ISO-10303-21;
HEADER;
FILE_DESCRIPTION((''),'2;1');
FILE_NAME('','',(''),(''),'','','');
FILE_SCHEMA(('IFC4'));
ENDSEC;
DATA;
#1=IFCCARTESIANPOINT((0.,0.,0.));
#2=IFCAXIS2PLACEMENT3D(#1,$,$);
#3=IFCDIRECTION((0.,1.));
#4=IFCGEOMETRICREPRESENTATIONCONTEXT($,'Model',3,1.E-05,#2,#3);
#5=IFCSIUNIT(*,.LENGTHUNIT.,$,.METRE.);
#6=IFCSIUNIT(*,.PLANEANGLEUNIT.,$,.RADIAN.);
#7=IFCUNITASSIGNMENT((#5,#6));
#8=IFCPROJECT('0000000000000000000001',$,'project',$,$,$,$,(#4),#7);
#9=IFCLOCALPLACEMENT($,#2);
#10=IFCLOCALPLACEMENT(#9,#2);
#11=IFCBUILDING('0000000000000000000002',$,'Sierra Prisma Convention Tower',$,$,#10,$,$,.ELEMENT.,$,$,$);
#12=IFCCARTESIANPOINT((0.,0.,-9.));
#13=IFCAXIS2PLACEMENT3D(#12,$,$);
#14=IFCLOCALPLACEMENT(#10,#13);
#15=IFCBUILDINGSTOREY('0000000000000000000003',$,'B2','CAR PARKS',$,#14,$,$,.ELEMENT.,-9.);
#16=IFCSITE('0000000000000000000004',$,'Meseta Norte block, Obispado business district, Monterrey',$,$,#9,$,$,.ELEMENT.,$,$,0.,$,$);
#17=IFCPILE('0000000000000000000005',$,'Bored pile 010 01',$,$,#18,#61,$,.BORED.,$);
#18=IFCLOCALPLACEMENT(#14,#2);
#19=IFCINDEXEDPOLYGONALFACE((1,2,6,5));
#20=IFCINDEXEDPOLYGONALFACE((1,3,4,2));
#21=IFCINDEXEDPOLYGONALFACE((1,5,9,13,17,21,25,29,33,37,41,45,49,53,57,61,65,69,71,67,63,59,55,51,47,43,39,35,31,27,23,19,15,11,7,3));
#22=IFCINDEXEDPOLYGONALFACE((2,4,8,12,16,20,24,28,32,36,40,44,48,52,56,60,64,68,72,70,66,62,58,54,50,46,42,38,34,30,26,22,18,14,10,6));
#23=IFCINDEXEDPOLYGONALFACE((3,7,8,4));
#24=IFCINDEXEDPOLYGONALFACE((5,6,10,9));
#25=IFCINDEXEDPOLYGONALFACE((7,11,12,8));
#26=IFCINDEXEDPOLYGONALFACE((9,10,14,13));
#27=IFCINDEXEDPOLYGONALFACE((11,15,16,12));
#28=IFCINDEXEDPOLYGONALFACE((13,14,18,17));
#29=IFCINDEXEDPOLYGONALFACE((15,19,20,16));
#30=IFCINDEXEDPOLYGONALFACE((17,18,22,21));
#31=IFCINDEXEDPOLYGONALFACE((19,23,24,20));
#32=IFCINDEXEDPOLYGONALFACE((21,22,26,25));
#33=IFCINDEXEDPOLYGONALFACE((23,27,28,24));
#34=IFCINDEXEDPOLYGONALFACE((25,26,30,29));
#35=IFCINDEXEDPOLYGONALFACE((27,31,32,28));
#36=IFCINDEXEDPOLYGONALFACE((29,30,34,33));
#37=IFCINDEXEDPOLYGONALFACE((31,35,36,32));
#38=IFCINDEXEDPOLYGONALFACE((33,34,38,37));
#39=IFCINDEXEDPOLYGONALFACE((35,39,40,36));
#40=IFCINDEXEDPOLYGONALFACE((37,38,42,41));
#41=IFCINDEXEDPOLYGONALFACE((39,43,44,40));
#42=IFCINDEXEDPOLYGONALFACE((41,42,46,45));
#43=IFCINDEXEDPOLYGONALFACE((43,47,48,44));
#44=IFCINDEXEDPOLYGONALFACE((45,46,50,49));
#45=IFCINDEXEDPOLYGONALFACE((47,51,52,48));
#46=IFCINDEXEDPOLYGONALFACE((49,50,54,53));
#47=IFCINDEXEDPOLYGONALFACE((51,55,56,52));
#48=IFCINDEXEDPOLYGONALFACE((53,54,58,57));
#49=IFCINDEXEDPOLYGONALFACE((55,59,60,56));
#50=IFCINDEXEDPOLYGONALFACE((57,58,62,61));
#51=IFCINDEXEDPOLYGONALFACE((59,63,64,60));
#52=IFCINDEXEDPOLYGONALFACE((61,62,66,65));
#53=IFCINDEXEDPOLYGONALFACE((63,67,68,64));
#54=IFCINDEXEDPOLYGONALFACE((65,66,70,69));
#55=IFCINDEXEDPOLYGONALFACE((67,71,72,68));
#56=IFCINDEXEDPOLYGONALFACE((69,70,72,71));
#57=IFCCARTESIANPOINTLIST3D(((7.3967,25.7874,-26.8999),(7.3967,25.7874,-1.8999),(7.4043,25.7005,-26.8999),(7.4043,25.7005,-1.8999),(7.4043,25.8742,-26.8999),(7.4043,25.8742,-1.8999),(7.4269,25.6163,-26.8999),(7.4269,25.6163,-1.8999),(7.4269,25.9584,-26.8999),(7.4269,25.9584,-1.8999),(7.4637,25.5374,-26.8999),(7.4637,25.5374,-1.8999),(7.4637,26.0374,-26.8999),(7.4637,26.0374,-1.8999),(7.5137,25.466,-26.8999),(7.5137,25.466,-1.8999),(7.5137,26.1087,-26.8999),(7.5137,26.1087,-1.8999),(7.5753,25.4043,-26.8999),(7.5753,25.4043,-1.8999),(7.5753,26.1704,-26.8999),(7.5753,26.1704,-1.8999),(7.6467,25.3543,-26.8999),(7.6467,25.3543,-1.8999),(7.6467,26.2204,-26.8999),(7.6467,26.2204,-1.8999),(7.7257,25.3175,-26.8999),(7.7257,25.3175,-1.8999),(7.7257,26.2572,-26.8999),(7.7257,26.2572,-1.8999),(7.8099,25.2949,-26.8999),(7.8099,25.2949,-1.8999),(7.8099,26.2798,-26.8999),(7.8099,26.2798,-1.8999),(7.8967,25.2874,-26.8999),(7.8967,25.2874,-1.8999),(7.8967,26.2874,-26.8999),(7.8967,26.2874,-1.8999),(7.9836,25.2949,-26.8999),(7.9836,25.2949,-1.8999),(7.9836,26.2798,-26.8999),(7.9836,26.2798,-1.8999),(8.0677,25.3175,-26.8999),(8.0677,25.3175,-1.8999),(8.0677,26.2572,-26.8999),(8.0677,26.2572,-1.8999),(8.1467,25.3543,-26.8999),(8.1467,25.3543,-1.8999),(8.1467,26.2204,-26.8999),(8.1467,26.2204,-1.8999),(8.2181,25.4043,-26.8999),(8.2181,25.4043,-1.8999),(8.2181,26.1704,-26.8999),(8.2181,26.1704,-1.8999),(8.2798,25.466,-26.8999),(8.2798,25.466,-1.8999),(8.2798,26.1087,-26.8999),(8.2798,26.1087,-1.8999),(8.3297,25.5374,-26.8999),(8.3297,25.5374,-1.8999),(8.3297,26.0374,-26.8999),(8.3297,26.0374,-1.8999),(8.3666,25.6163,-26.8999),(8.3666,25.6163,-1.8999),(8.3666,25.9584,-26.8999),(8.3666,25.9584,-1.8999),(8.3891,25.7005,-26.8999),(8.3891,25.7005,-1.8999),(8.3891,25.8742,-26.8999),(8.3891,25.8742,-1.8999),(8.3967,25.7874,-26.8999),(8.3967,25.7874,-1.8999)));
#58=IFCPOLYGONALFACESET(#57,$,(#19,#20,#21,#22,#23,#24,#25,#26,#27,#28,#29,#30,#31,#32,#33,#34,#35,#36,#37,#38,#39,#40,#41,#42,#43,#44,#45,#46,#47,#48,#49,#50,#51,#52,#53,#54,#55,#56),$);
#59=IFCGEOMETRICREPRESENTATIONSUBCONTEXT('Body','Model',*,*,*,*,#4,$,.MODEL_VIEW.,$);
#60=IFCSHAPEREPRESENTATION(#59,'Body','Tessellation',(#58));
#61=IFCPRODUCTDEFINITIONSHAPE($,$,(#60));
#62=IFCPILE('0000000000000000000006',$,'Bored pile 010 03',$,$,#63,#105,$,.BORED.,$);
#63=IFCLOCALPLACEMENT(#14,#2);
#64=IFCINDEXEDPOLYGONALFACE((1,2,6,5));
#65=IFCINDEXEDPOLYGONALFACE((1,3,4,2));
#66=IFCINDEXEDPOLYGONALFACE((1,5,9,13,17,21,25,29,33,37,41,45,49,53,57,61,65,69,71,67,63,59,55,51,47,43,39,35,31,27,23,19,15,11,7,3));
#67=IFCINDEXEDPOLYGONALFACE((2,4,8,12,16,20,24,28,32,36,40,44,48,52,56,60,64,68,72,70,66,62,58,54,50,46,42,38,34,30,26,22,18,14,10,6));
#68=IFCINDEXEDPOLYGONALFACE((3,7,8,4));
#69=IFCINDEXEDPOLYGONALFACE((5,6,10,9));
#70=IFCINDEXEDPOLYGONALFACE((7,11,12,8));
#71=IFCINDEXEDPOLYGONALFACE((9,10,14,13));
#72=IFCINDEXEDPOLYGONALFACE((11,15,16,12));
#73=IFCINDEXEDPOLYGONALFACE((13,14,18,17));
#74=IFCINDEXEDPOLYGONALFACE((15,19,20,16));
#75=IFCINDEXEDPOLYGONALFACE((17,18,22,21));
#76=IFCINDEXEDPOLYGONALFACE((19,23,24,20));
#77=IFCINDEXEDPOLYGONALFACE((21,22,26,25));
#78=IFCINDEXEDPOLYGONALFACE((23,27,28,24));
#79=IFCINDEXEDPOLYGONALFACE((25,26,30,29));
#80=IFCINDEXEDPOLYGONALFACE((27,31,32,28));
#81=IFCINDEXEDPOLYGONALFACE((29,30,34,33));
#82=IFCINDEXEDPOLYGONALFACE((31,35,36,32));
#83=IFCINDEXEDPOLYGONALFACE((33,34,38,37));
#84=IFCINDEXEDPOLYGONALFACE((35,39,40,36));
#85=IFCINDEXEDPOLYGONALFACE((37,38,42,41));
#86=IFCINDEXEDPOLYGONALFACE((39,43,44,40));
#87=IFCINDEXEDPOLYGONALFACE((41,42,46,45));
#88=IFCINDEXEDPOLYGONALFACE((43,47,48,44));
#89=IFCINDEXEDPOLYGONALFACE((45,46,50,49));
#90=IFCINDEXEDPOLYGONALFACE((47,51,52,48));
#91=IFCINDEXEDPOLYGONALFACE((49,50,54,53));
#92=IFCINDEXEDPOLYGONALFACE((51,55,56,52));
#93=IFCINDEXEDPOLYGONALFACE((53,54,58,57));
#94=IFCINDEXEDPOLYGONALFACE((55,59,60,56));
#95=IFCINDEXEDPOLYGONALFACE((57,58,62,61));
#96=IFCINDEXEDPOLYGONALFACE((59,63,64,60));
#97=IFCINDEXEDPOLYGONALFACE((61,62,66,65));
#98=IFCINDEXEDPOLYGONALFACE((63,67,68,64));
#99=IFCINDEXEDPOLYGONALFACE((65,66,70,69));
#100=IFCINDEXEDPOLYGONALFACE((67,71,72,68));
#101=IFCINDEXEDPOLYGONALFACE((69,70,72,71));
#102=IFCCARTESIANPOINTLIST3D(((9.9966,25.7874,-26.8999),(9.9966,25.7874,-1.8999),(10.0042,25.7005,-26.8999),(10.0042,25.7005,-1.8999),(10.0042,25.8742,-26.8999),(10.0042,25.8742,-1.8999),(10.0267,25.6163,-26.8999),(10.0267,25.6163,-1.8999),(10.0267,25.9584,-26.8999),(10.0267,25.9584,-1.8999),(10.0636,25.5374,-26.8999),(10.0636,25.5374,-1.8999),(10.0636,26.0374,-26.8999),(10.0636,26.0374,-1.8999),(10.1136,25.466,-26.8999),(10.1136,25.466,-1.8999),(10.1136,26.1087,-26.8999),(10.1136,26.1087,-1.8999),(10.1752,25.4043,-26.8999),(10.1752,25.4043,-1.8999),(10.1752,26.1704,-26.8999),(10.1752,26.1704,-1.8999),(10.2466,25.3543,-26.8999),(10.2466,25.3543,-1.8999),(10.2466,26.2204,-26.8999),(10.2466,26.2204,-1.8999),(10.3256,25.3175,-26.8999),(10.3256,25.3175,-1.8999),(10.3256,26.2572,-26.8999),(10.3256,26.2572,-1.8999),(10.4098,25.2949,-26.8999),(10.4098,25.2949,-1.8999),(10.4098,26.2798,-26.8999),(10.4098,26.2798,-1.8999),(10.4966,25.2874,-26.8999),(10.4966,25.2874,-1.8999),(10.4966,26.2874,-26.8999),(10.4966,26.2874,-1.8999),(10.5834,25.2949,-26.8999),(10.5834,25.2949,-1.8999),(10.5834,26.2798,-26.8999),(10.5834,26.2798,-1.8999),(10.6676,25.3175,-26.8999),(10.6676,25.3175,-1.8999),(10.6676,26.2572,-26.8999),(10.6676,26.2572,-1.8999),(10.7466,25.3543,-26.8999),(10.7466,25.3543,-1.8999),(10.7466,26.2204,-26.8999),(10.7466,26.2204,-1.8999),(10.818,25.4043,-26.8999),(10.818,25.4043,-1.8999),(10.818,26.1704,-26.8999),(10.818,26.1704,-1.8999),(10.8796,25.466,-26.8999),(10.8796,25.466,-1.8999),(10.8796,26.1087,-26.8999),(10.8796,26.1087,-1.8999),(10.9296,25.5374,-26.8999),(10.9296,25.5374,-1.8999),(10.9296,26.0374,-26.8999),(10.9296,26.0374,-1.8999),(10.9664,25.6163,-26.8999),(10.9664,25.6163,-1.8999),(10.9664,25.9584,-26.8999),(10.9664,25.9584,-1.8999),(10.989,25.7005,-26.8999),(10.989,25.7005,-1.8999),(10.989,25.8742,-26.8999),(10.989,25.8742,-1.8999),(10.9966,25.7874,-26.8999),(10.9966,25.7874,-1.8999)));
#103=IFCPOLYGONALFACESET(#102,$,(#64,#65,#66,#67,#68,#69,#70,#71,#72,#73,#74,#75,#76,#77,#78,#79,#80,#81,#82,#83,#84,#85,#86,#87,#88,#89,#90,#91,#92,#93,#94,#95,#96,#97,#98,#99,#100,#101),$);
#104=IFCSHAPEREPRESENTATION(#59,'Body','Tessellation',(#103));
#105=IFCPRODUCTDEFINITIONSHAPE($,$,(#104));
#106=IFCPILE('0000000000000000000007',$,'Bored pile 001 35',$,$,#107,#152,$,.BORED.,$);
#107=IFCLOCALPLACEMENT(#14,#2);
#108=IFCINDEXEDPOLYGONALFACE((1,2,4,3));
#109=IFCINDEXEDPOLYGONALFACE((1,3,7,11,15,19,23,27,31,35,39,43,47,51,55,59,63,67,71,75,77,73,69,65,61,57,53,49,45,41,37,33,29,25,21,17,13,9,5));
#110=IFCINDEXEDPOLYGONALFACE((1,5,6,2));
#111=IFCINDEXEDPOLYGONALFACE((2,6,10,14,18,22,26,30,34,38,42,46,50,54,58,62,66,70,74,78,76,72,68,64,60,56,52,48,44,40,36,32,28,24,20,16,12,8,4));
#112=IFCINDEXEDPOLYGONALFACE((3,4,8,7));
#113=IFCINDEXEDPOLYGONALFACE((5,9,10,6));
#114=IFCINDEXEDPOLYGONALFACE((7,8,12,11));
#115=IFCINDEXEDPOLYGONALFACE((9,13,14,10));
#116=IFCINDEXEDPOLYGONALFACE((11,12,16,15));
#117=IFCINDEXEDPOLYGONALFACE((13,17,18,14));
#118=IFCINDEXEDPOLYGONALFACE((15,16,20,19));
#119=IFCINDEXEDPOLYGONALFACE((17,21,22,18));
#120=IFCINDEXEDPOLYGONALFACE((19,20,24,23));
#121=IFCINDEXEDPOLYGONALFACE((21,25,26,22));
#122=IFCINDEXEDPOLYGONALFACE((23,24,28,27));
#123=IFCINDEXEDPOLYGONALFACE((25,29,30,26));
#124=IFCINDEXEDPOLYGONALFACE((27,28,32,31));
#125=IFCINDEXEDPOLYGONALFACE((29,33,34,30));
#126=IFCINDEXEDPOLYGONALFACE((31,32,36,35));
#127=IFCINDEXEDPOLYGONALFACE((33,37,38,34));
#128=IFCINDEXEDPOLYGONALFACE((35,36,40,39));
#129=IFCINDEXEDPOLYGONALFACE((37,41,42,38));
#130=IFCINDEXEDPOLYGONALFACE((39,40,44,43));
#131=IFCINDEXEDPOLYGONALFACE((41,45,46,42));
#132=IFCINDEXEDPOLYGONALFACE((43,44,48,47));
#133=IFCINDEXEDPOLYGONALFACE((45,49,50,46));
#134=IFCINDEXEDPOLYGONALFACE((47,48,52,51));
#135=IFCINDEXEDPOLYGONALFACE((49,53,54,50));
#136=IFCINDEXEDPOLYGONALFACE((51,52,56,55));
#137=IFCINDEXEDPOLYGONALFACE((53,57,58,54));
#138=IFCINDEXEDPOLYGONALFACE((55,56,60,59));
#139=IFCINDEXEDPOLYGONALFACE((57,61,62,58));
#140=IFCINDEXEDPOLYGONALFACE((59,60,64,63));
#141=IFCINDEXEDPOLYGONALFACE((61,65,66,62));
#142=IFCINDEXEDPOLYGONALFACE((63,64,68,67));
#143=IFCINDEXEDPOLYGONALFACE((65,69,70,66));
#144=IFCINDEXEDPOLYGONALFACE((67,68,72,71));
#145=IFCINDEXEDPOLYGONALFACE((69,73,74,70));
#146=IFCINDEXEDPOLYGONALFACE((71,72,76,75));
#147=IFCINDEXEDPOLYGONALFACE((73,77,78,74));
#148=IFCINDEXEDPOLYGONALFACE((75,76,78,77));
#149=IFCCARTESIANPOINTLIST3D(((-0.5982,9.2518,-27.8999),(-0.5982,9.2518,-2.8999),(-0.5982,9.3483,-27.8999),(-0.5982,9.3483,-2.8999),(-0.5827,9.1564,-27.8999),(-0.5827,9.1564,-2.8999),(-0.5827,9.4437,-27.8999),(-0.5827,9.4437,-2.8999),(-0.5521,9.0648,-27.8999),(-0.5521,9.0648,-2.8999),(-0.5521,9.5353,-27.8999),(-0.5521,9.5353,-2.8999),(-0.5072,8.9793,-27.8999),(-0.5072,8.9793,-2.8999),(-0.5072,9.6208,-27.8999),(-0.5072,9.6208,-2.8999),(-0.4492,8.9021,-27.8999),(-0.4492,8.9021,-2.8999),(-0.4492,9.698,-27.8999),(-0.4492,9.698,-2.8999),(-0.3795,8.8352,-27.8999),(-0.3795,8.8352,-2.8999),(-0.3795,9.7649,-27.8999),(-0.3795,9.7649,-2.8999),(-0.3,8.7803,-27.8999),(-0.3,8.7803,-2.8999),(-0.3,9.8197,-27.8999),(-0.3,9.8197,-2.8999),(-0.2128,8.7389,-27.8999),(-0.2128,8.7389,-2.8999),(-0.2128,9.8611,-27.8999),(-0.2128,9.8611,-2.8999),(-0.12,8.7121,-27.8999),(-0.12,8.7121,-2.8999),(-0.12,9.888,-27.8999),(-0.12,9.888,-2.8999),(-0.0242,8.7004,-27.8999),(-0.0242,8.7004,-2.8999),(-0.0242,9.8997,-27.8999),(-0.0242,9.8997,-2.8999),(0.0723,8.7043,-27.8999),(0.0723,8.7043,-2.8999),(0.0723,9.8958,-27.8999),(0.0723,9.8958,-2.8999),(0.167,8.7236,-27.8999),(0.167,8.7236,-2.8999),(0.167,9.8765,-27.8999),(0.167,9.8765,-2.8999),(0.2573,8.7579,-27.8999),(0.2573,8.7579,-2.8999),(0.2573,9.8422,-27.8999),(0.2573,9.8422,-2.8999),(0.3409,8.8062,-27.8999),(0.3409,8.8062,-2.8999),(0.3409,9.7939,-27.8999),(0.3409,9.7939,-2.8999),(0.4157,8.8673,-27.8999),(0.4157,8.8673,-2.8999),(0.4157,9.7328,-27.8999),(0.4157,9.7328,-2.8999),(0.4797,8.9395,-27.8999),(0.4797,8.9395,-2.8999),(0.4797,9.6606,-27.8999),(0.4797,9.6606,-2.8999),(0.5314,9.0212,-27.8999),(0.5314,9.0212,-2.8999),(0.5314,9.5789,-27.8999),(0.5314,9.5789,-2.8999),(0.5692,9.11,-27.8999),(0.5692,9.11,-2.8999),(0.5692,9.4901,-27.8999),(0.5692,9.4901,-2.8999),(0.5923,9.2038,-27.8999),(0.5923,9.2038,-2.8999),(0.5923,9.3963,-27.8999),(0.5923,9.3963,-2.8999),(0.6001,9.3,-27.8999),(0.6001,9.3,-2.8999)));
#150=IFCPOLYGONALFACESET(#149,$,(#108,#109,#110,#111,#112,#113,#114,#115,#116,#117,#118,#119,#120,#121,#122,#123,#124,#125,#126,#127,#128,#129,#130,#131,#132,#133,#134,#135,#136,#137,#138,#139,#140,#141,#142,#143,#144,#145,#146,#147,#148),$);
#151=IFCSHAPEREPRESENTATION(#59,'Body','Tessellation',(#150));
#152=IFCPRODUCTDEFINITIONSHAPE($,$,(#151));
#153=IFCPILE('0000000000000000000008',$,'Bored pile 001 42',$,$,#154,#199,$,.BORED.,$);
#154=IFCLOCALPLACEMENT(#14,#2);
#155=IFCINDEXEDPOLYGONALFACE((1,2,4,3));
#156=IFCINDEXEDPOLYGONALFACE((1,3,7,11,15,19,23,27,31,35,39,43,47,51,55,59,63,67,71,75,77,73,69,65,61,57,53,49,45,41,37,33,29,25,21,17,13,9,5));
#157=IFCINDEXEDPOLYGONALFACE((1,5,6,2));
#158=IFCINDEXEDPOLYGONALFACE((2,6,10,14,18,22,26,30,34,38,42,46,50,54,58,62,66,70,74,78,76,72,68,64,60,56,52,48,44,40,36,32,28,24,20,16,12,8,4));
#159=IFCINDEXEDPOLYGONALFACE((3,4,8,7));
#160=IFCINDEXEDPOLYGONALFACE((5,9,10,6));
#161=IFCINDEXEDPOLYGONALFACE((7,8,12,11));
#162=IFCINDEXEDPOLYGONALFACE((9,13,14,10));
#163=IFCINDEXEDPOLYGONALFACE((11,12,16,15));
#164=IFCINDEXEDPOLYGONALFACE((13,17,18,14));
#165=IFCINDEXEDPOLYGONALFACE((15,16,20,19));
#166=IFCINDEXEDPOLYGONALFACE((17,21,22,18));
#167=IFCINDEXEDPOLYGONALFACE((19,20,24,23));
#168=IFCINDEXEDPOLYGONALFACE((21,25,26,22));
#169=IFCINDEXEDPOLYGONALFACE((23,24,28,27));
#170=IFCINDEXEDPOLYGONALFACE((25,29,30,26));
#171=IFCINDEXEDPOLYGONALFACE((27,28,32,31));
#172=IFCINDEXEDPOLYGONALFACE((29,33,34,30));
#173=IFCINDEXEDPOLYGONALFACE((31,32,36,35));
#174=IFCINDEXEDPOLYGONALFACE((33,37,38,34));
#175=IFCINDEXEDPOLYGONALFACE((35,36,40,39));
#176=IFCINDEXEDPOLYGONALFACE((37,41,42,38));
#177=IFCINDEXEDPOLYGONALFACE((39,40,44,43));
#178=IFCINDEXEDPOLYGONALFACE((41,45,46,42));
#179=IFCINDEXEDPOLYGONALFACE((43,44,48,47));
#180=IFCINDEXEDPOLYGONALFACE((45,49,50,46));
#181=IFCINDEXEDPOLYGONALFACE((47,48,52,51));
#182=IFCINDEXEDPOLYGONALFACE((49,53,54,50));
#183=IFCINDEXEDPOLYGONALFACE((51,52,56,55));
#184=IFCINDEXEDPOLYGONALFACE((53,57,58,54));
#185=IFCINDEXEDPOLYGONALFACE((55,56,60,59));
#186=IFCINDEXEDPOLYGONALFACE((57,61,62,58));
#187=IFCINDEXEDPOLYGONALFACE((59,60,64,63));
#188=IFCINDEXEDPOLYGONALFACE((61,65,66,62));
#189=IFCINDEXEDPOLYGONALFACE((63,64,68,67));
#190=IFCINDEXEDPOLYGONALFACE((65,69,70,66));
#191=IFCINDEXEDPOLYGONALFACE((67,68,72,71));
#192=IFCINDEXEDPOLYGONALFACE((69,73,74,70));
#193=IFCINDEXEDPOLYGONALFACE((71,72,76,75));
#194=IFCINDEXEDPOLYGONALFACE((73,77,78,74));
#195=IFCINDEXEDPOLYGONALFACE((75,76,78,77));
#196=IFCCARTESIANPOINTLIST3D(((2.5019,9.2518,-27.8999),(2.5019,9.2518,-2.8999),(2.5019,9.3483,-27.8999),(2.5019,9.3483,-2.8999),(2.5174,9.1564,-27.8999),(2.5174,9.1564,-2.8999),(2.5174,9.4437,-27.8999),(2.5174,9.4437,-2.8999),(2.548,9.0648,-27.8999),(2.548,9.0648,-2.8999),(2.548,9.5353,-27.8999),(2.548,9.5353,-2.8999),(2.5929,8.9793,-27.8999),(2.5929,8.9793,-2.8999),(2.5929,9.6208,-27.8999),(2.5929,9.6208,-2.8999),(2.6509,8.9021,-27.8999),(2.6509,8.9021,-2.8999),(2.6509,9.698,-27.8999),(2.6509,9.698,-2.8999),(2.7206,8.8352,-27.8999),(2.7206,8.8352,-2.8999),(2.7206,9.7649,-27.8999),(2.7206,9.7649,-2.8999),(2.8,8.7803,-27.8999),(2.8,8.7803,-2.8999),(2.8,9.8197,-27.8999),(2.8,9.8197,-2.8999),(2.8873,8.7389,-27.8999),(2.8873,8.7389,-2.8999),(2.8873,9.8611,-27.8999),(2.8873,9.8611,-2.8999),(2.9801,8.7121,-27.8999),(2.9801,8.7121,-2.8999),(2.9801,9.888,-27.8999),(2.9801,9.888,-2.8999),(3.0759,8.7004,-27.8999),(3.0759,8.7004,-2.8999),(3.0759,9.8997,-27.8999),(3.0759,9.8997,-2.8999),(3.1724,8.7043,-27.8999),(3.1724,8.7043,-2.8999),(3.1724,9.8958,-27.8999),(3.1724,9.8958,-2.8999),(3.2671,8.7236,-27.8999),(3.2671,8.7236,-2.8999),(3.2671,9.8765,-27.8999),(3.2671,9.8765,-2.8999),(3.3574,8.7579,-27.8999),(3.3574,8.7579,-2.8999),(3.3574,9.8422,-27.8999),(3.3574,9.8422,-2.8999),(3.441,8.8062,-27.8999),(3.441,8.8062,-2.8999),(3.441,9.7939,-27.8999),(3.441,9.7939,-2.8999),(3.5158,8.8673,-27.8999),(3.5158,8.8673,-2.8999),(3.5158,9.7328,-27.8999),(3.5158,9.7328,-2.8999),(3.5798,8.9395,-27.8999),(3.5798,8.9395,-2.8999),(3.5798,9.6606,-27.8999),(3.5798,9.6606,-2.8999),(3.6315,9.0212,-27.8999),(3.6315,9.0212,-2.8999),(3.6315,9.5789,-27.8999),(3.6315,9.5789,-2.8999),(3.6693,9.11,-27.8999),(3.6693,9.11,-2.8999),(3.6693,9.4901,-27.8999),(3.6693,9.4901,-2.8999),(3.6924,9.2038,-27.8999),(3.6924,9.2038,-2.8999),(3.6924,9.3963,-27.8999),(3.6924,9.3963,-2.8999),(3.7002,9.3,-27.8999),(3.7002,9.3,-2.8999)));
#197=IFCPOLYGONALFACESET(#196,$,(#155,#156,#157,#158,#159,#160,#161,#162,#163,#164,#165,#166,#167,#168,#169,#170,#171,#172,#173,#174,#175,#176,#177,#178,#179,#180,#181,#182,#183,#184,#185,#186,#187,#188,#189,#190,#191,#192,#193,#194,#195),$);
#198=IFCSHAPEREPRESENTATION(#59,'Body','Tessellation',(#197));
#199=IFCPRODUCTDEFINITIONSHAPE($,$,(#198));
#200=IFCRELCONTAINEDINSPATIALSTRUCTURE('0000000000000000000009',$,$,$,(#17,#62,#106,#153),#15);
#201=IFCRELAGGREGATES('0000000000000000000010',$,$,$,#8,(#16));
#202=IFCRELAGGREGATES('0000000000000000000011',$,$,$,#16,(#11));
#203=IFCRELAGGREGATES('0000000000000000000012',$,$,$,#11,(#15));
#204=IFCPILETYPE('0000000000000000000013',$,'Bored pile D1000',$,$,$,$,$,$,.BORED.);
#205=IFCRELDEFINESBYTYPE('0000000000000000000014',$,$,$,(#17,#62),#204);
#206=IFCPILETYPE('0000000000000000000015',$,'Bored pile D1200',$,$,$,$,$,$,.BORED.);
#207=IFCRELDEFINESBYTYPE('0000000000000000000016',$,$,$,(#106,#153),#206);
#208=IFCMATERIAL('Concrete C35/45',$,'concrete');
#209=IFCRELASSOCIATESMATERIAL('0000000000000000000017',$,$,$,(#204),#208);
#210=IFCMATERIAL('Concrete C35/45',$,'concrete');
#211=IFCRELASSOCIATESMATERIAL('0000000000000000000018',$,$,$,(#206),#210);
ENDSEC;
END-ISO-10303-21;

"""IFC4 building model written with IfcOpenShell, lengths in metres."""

from ifc_helpers import new_model, si_unit, direction, frame, origin, origin_2d, place, context, subcontext, project, spatial, circle, extrude, material, material_profile, profile_set, type_object, element, save


model = new_model("IFC4")

# Units and contexts
model_context = context("Model", 3, precision=1e-05, world=origin(), true_north=direction((0.0, 1.0)))
body_context = subcontext(model_context, "Body", "Model", "MODEL_VIEW")
ifc_project = project(units=[si_unit("LENGTHUNIT", "METRE"), si_unit("PLANEANGLEUNIT", "RADIAN")], contexts=[model_context])

# Site, building, storey
site_placement = place(None, origin())
site = spatial("IfcSite", under=ifc_project, at=site_placement, Name="Meseta Norte block, Obispado business district, Monterrey", CompositionType="ELEMENT", RefElevation=0.0)
building_placement = place(site_placement, origin())
building = spatial("IfcBuilding", under=site, at=building_placement, Name="Sierra Prisma Convention Tower", CompositionType="ELEMENT")
storey_placement = place(building_placement, frame((0.0, 0.0, -9.0)))
storey = spatial("IfcBuildingStorey", under=building, at=storey_placement, Name="B2", Description="CAR PARKS", CompositionType="ELEMENT", Elevation=-9.0)

# Piles
ifc_material_1 = material(Name="Concrete C35/45", Category="concrete")
ifc_material_profile_1 = material_profile(ifc_material_1, circle(Radius=0.5, at=origin_2d()), Name="D1000")
ifc_profile_set_1 = profile_set([ifc_material_profile_1], Name="Concrete C35/45")
pile_type_1 = type_object("IfcPileType", Name="Bored pile D1000", PredefinedType="BORED", material=ifc_profile_set_1)
for number, where, z_axis, x_axis, name in (
    (1, (7.8967, 25.7874, -1.8999), (0.0, 0.0, -1.0), (1.0, 0.0, 0.0), "Bored pile 010 01"),
    (2, (10.4966, 25.7874, -1.8999), (0.0, 0.0, -1.0), (1.0, 0.0, 0.0), "Bored pile 010 03"),
):
    element("IfcPile", number, at=place(storey_placement, frame(where, z_axis=z_axis, x_axis=x_axis)), inside=storey, type_object=pile_type_1, Name=name, PredefinedType="BORED", context=body_context, shape_type="SweptSolid", body=[
        extrude(circle(Radius=0.5, at=origin_2d()), origin(), (0.0, 0.0, 1.0), 25.0),
    ])
ifc_material_2 = material(Name="Concrete C35/45", Category="concrete")
ifc_material_profile_2 = material_profile(ifc_material_2, circle(Radius=0.6001, at=origin_2d()), Name="D1200")
ifc_profile_set_2 = profile_set([ifc_material_profile_2], Name="Concrete C35/45")
pile_type_2 = type_object("IfcPileType", Name="Bored pile D1200", PredefinedType="BORED", material=ifc_profile_set_2)
for number, where, z_axis, x_axis, name in (
    (3, (0.0, 9.3, -2.8999), (0.0, 0.0, -1.0), (1.0, 0.0, 0.0), "Bored pile 001 35"),
    (4, (3.1001, 9.3, -2.8999), (0.0, 0.0, -1.0), (1.0, 0.0, 0.0), "Bored pile 001 42"),
):
    element("IfcPile", number, at=place(storey_placement, frame(where, z_axis=z_axis, x_axis=x_axis)), inside=storey, type_object=pile_type_2, Name=name, PredefinedType="BORED", context=body_context, shape_type="SweptSolid", body=[
        extrude(circle(Radius=0.6001, at=origin_2d()), origin(), (0.0, 0.0, 1.0), 25.0),
    ])

save(model, "model.ifc")
